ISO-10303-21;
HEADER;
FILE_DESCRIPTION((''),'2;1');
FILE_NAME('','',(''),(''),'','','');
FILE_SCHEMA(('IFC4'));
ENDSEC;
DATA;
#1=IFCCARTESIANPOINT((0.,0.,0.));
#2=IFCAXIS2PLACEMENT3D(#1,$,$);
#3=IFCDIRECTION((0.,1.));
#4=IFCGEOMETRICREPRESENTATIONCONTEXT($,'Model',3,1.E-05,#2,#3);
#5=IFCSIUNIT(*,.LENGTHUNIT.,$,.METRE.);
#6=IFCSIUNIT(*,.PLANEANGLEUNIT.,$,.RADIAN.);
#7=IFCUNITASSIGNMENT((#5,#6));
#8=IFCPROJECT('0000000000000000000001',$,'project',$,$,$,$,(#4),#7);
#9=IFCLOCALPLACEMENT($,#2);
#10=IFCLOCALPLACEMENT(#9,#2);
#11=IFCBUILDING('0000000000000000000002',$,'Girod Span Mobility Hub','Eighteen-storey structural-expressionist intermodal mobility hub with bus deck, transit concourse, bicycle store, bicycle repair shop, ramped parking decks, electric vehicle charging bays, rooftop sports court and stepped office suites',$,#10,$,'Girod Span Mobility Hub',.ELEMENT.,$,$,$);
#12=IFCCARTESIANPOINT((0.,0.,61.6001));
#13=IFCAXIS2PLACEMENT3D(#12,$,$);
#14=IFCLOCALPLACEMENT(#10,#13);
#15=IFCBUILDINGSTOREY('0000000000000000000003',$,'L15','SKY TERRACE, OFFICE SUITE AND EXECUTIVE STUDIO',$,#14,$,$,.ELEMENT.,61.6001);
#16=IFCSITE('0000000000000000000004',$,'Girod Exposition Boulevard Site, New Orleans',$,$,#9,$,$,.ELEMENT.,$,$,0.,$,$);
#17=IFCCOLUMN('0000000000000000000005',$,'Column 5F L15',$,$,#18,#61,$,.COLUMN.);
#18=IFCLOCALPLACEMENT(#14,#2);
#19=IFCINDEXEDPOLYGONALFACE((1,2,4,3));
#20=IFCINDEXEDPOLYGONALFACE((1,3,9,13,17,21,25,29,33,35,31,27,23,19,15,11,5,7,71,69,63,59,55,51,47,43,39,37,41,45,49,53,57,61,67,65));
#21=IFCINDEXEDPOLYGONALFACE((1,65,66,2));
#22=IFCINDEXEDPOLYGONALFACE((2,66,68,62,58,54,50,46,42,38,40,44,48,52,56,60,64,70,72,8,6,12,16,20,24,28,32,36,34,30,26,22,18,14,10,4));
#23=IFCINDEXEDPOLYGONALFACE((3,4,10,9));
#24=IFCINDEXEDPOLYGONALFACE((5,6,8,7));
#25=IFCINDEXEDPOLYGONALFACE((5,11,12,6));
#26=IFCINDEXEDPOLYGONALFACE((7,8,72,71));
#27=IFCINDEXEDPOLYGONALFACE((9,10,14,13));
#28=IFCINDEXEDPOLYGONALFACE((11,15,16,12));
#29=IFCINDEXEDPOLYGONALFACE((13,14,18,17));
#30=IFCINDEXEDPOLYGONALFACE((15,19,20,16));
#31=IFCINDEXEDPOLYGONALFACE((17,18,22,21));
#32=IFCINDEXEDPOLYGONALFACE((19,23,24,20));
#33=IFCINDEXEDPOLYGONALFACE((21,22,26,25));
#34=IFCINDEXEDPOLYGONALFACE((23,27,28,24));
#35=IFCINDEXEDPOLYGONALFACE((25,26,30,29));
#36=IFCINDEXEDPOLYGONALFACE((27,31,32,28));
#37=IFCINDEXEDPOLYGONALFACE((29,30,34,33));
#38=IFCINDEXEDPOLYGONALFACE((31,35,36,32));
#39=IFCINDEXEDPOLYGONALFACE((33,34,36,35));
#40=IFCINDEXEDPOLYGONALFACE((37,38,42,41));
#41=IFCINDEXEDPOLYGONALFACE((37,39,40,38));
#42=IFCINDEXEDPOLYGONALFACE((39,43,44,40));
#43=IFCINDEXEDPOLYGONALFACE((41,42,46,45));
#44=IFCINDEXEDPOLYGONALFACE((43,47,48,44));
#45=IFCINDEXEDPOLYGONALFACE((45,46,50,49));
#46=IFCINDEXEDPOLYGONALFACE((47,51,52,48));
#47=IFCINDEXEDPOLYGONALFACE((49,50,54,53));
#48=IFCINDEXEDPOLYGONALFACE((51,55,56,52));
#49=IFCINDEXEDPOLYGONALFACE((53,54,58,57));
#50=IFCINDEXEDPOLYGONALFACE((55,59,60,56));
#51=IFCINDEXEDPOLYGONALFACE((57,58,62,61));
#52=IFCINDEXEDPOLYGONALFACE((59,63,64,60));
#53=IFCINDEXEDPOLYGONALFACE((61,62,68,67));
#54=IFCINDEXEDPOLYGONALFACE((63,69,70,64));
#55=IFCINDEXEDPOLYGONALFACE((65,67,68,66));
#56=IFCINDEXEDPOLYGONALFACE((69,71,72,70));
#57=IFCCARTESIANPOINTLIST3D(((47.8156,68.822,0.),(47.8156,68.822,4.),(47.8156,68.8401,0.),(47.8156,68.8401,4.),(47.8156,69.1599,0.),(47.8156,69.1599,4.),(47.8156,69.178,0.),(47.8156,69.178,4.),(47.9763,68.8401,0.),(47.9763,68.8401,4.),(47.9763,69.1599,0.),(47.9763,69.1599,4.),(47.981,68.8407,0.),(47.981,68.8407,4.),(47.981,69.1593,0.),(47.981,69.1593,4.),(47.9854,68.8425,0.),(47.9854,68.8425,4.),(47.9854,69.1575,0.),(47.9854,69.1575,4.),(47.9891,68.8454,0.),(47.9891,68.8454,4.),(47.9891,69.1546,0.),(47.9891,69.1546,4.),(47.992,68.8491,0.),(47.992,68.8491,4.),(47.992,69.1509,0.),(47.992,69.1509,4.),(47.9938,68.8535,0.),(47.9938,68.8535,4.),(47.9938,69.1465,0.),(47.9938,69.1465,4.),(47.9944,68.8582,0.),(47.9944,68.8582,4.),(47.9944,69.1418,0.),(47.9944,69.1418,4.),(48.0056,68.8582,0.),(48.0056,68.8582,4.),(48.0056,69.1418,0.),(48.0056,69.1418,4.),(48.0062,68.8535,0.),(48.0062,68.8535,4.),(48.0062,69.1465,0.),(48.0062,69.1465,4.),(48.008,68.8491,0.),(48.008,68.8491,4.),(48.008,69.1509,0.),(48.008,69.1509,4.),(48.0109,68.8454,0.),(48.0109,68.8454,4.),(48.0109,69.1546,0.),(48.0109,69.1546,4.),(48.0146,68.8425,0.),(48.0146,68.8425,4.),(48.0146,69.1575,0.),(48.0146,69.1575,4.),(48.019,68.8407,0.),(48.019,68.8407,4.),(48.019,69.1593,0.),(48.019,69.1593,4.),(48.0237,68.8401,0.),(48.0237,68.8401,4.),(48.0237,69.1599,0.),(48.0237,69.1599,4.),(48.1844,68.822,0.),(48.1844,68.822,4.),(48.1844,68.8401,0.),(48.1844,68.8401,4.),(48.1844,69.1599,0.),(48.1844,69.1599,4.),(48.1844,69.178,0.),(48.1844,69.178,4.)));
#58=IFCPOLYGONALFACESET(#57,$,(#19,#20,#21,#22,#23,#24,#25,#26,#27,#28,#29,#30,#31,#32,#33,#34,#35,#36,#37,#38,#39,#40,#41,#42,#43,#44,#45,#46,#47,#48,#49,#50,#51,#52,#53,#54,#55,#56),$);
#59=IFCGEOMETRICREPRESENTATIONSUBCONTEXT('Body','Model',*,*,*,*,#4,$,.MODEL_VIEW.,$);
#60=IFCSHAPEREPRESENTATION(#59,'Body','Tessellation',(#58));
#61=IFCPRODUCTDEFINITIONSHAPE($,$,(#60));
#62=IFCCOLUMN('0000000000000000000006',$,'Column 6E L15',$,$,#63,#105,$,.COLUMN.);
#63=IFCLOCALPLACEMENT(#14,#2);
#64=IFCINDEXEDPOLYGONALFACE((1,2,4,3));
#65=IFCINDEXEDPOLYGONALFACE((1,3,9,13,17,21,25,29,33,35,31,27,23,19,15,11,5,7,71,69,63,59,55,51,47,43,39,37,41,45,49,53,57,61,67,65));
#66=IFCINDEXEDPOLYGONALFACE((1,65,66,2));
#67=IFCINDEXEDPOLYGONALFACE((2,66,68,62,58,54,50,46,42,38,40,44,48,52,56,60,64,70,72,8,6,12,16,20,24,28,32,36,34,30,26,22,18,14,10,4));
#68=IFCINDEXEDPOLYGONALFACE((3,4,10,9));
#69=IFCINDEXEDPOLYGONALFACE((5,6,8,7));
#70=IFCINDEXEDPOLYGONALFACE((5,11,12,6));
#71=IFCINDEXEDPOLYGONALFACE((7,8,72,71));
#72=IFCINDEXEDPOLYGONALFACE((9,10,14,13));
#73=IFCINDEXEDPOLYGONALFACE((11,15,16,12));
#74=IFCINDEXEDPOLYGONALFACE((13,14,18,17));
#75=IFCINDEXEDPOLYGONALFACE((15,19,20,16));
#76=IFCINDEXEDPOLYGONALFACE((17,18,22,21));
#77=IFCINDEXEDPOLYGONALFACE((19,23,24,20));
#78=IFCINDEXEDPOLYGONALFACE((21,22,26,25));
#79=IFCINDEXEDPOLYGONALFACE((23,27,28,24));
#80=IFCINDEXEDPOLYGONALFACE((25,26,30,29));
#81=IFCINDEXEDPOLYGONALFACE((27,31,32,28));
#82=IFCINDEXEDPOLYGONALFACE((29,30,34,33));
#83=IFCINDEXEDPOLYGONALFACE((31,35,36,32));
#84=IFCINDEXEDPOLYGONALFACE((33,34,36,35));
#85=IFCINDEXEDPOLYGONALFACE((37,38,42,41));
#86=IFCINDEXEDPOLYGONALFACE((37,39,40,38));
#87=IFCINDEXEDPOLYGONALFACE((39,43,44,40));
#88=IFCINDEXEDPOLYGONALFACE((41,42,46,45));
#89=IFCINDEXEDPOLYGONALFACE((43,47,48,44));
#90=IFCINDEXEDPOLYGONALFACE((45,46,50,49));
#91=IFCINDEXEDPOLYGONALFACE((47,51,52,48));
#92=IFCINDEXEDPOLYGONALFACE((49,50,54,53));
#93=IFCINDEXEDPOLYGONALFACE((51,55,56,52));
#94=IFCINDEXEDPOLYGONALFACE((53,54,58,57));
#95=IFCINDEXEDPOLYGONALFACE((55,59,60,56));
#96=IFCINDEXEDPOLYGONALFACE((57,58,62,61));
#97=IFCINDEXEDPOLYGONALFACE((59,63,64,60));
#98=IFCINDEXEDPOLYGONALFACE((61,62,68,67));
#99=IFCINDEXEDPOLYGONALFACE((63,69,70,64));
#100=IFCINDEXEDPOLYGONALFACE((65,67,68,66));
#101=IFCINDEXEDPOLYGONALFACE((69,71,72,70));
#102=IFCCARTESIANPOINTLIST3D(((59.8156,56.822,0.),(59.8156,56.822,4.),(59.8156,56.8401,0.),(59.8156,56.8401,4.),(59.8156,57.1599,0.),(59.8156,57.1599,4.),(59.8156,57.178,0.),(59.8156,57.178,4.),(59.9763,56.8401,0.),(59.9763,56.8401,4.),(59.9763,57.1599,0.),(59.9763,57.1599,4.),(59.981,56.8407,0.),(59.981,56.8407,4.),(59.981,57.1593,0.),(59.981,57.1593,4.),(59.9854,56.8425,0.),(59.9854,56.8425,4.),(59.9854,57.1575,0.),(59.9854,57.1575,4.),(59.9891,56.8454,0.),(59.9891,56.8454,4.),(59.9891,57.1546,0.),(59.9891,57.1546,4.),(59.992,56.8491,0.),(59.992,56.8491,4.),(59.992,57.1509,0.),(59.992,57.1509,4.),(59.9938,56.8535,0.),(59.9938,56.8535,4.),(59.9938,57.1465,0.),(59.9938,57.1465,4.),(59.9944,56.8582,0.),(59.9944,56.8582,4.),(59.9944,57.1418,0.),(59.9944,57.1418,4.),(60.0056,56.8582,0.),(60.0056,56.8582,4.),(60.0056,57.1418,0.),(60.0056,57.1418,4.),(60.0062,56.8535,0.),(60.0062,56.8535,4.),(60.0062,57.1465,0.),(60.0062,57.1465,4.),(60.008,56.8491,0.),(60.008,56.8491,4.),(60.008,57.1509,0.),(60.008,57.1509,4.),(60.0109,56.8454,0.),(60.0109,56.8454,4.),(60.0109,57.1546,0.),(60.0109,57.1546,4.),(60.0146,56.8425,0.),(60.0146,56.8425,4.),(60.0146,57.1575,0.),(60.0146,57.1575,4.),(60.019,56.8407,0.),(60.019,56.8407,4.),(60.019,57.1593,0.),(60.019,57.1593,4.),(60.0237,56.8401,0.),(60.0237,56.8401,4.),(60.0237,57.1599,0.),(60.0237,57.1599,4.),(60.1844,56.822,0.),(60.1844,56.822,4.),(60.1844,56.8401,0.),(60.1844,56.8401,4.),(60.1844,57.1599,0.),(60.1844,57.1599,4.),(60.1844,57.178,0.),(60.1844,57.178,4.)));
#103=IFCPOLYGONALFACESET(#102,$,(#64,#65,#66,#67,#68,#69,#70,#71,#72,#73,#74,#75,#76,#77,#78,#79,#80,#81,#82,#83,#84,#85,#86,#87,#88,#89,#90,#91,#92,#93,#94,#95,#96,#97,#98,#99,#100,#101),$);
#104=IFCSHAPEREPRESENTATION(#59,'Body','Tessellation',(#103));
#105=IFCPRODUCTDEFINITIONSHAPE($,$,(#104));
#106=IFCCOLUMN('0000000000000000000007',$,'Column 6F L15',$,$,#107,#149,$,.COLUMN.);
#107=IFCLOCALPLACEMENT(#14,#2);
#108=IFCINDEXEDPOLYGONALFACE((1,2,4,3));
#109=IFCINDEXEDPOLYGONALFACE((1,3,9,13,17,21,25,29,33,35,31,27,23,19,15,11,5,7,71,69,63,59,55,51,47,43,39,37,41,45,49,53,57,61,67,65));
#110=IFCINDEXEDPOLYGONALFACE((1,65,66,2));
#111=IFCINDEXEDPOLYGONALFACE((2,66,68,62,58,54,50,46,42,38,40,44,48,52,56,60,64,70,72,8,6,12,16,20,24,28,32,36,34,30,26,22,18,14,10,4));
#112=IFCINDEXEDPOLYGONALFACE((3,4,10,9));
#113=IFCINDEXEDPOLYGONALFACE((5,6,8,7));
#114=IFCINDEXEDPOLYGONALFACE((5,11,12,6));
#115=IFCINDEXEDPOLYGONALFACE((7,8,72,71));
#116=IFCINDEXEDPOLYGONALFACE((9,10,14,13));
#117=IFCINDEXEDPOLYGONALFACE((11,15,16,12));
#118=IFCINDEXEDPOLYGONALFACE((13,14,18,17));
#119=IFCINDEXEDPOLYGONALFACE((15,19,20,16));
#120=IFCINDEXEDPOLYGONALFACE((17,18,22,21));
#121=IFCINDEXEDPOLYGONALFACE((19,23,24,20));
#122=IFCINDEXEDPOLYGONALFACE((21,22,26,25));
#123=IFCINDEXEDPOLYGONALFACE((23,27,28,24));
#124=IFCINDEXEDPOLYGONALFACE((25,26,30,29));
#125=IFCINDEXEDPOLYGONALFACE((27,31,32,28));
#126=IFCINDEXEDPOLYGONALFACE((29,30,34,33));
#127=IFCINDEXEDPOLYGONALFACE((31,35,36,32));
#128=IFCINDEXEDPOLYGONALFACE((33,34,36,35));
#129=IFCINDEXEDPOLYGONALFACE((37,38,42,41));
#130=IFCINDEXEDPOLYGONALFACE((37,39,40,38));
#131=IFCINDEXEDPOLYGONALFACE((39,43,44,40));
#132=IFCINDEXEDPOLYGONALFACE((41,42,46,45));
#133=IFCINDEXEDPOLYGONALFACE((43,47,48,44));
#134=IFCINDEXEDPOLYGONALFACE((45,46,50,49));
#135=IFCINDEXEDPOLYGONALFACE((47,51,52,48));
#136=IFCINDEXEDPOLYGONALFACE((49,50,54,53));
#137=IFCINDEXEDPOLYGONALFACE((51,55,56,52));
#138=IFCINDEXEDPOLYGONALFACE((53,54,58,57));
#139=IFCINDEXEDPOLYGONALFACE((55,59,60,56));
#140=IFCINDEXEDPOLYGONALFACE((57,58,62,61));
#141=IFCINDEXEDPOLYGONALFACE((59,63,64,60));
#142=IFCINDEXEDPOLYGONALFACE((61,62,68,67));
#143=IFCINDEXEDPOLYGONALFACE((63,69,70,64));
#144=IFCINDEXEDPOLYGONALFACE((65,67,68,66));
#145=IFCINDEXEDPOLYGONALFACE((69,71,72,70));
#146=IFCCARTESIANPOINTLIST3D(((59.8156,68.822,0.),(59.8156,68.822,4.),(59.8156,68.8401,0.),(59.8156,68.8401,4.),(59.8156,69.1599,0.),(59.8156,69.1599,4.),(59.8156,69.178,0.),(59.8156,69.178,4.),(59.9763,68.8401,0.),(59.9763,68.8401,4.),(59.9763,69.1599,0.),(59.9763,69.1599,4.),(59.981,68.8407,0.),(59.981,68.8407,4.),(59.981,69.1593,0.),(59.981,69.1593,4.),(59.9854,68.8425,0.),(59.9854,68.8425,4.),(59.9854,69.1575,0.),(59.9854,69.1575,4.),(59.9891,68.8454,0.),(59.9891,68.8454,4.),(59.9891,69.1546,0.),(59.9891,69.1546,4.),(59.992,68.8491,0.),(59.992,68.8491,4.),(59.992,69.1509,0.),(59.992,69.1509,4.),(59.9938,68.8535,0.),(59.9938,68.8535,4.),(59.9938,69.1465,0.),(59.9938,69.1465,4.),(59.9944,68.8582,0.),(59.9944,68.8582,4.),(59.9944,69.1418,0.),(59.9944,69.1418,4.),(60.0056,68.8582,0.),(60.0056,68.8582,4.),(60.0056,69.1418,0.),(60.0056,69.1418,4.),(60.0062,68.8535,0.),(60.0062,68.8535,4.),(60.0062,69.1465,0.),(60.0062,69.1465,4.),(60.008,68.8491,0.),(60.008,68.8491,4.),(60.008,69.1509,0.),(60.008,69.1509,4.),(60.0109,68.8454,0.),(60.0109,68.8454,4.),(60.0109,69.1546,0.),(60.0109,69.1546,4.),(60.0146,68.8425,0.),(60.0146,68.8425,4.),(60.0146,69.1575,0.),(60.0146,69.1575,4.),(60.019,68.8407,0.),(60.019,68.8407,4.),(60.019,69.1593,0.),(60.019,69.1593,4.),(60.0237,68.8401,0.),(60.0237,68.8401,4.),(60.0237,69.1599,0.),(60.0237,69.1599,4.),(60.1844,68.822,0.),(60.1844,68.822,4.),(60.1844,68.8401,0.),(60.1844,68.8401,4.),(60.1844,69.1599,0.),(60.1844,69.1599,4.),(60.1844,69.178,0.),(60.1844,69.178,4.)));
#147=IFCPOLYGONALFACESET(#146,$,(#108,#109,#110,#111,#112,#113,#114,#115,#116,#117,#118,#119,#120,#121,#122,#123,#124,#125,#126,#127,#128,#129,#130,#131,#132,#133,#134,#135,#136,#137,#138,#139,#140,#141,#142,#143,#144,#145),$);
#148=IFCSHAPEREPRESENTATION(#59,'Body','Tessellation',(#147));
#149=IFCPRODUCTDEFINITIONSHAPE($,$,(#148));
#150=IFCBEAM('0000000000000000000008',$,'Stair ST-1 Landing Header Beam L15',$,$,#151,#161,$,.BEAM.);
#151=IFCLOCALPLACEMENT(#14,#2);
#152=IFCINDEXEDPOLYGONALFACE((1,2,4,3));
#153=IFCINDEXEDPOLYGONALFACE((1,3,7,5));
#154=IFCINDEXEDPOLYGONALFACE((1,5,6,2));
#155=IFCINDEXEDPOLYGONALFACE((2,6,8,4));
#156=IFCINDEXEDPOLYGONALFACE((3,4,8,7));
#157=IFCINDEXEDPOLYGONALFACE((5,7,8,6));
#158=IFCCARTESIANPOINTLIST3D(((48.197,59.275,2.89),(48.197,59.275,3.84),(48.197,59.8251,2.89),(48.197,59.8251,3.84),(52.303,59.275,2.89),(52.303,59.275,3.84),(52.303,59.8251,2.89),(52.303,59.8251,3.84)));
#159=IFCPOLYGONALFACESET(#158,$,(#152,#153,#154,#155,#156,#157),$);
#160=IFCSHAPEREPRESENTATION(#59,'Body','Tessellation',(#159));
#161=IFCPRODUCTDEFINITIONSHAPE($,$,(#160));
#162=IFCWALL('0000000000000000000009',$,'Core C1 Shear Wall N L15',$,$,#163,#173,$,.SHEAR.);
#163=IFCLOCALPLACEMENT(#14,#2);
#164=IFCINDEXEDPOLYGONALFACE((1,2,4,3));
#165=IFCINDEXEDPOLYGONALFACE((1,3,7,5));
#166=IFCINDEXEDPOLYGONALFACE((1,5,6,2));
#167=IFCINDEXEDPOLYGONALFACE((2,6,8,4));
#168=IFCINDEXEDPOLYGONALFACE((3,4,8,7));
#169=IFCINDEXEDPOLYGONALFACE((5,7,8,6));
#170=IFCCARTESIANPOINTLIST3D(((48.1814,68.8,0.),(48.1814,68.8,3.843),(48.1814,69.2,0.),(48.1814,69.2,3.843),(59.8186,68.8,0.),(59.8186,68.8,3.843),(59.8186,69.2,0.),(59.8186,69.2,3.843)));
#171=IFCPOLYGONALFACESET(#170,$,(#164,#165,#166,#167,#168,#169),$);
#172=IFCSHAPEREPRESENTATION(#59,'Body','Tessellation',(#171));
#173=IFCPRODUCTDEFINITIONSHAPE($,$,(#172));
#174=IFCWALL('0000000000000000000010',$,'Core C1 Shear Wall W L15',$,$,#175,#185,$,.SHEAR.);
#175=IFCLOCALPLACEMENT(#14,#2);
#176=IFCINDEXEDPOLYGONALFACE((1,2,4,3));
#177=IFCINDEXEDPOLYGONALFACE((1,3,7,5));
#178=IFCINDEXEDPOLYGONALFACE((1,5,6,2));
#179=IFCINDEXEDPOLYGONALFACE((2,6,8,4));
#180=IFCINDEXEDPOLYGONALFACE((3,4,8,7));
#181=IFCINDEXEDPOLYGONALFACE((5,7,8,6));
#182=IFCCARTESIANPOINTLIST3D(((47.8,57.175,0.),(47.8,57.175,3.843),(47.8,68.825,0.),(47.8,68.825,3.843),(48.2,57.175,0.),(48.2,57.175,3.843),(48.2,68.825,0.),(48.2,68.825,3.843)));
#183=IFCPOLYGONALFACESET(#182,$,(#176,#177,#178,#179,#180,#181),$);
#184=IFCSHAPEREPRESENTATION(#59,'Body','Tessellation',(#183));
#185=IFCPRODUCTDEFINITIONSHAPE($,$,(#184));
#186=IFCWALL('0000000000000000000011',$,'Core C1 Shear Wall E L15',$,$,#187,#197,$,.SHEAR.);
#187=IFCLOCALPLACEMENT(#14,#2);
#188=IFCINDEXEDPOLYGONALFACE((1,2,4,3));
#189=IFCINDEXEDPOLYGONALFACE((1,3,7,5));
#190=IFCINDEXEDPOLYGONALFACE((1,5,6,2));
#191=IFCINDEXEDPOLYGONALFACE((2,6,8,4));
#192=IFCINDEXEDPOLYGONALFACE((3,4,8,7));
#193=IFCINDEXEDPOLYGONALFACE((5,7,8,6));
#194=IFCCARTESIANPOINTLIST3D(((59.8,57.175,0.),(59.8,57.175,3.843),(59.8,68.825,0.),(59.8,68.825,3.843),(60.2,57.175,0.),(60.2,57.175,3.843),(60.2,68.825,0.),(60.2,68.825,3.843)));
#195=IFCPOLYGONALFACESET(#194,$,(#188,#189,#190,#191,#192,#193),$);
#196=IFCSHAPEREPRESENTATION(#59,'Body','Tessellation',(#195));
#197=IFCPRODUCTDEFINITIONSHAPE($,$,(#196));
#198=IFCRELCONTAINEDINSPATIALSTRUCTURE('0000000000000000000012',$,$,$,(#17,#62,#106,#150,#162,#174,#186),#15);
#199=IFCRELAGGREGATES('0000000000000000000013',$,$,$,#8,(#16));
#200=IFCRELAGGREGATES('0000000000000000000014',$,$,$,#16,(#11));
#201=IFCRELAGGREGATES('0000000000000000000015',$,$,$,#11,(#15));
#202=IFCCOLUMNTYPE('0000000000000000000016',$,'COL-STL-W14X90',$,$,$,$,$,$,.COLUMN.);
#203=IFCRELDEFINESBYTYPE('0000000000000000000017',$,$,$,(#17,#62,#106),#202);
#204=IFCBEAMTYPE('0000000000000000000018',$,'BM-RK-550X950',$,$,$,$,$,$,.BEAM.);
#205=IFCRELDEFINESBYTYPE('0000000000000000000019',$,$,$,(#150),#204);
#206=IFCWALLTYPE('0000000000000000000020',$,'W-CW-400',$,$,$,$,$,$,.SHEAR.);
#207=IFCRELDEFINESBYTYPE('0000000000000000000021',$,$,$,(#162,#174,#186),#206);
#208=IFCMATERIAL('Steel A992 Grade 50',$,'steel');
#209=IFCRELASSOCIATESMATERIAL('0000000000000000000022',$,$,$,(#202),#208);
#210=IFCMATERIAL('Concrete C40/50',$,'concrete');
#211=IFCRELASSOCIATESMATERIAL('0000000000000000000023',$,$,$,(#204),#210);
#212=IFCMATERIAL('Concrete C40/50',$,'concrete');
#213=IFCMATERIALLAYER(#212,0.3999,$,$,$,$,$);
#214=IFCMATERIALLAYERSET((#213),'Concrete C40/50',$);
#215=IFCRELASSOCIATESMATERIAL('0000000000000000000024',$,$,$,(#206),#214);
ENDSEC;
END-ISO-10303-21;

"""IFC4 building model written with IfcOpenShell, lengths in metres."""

from ifc_helpers import new_model, si_unit, direction, frame, frame_2d, origin, origin_2d, place, context, subcontext, project, spatial, rectangle, i_section, extrude, material, layer, layer_set, material_profile, profile_set, type_object, element, save


model = new_model("IFC4")

# Units and contexts
model_context = context("Model", 3, precision=1e-05, world=origin(), true_north=direction((0.0, 1.0)))
body_context = subcontext(model_context, "Body", "Model", "MODEL_VIEW")
ifc_project = project(units=[si_unit("LENGTHUNIT", "METRE"), si_unit("PLANEANGLEUNIT", "RADIAN")], contexts=[model_context])

# Site, building, storey
site_placement = place(None, origin())
site = spatial("IfcSite", under=ifc_project, at=site_placement, Name="Girod Exposition Boulevard Site, New Orleans", CompositionType="ELEMENT", RefElevation=0.0)
building_placement = place(site_placement, origin())
building = spatial("IfcBuilding", under=site, at=building_placement, Name="Girod Span Mobility Hub", Description="Eighteen-storey structural-expressionist intermodal mobility hub with bus deck, transit concourse, bicycle store, bicycle repair shop, ramped parking decks, electric vehicle charging bays, rooftop sports court and stepped office suites", LongName="Girod Span Mobility Hub", CompositionType="ELEMENT")
storey_placement = place(building_placement, frame((0.0, 0.0, 61.6001)))
storey = spatial("IfcBuildingStorey", under=building, at=storey_placement, Name="L15", Description="SKY TERRACE, OFFICE SUITE AND EXECUTIVE STUDIO", CompositionType="ELEMENT", Elevation=61.6001)

# Columns
ifc_material_1 = material(Name="Steel A992 Grade 50", Category="steel")
ifc_material_profile_1 = material_profile(ifc_material_1, i_section(OverallWidth=0.3689, OverallDepth=0.356, WebThickness=0.0112, FlangeThickness=0.0181, FilletRadius=0.0181, at=origin_2d()), Name="W14X90")
ifc_profile_set_1 = profile_set([ifc_material_profile_1], Name="Steel A992 Grade 50")
column_type = type_object("IfcColumnType", Name="COL-STL-W14X90", PredefinedType="COLUMN", material=ifc_profile_set_1)
for number, where, z_axis, x_axis, name in (
    (1, (48.0, 69.0, 0.0), (0.0, 0.0, 1.0), (1.0, 0.0, 0.0), "Column 5F L15"),
    (2, (60.0, 57.0, 0.0), (0.0, 0.0, 1.0), (1.0, 0.0, 0.0), "Column 6E L15"),
    (3, (60.0, 69.0, 0.0), (0.0, 0.0, 1.0), (1.0, 0.0, 0.0), "Column 6F L15"),
):
    element("IfcColumn", number, at=place(storey_placement, frame(where, z_axis=z_axis, x_axis=x_axis)), inside=storey, type_object=column_type, Name=name, PredefinedType="COLUMN", context=body_context, shape_type="SweptSolid", body=[
        extrude(i_section(OverallWidth=0.3689, OverallDepth=0.356, WebThickness=0.0112, FlangeThickness=0.0181, FilletRadius=0.0181, at=origin_2d()), origin(), (0.0, 0.0, 1.0), 4.0),
    ])

# Beam
ifc_material_2 = material(Name="Concrete C40/50", Category="concrete")
ifc_material_profile_2 = material_profile(ifc_material_2, rectangle(XDim=0.55, YDim=0.95, at=origin_2d()), Name="RK-550X950")
ifc_profile_set_2 = profile_set([ifc_material_profile_2], Name="Concrete C40/50")
beam_type = type_object("IfcBeamType", Name="BM-RK-550X950", PredefinedType="BEAM", material=ifc_profile_set_2)
beam_placement = place(storey_placement, frame((48.197, 59.55, 3.365), z_axis=(1.0, 0.0, 0.0), x_axis=(0.0, 1.0, 0.0)))
element("IfcBeam", 4, at=beam_placement, inside=storey, type_object=beam_type, Name="Stair ST-1 Landing Header Beam L15", PredefinedType="BEAM", context=body_context, shape_type="SweptSolid", body=[
    extrude(rectangle(XDim=0.55, YDim=0.95, at=origin_2d()), origin(), (0.0, 0.0, 1.0), 4.106),
])

# Walls
ifc_material_3 = material(Name="Concrete C40/50", Category="concrete")
ifc_layer_1 = layer(ifc_material_3, 0.3999)
ifc_layer_set_1 = layer_set([ifc_layer_1], Name="Concrete C40/50")
wall_type_1 = type_object("IfcWallType", Name="W-CW-400", PredefinedType="SHEAR", material=ifc_layer_set_1)
wall_1_placement = place(storey_placement, frame((48.1814, 69.0, 0.0), z_axis=(0.0, 0.0, 1.0), x_axis=(1.0, 0.0, 0.0)))
element("IfcWall", 5, at=wall_1_placement, inside=storey, type_object=wall_type_1, Name="Core C1 Shear Wall N L15", PredefinedType="SHEAR", context=body_context, shape_type="SweptSolid", body=[
    extrude(rectangle(XDim=11.6372, YDim=0.3999, at=frame_2d((5.8186, 0.0))), origin(), (0.0, 0.0, 1.0), 3.843),
])
for number, where, z_axis, x_axis, name in (
    (6, (48.0, 57.175, 0.0), (0.0, 0.0, 1.0), (0.0, 1.0, 0.0), "Core C1 Shear Wall W L15"),
    (7, (60.0, 57.175, 0.0), (0.0, 0.0, 1.0), (0.0, 1.0, 0.0), "Core C1 Shear Wall E L15"),
):
    element("IfcWall", number, at=place(storey_placement, frame(where, z_axis=z_axis, x_axis=x_axis)), inside=storey, type_object=wall_type_1, Name=name, PredefinedType="SHEAR", context=body_context, shape_type="SweptSolid", body=[
        extrude(rectangle(XDim=11.6499, YDim=0.3999, at=frame_2d((5.825, 0.0))), origin(), (0.0, 0.0, 1.0), 3.843),
    ])

save(model, "model.ifc")
